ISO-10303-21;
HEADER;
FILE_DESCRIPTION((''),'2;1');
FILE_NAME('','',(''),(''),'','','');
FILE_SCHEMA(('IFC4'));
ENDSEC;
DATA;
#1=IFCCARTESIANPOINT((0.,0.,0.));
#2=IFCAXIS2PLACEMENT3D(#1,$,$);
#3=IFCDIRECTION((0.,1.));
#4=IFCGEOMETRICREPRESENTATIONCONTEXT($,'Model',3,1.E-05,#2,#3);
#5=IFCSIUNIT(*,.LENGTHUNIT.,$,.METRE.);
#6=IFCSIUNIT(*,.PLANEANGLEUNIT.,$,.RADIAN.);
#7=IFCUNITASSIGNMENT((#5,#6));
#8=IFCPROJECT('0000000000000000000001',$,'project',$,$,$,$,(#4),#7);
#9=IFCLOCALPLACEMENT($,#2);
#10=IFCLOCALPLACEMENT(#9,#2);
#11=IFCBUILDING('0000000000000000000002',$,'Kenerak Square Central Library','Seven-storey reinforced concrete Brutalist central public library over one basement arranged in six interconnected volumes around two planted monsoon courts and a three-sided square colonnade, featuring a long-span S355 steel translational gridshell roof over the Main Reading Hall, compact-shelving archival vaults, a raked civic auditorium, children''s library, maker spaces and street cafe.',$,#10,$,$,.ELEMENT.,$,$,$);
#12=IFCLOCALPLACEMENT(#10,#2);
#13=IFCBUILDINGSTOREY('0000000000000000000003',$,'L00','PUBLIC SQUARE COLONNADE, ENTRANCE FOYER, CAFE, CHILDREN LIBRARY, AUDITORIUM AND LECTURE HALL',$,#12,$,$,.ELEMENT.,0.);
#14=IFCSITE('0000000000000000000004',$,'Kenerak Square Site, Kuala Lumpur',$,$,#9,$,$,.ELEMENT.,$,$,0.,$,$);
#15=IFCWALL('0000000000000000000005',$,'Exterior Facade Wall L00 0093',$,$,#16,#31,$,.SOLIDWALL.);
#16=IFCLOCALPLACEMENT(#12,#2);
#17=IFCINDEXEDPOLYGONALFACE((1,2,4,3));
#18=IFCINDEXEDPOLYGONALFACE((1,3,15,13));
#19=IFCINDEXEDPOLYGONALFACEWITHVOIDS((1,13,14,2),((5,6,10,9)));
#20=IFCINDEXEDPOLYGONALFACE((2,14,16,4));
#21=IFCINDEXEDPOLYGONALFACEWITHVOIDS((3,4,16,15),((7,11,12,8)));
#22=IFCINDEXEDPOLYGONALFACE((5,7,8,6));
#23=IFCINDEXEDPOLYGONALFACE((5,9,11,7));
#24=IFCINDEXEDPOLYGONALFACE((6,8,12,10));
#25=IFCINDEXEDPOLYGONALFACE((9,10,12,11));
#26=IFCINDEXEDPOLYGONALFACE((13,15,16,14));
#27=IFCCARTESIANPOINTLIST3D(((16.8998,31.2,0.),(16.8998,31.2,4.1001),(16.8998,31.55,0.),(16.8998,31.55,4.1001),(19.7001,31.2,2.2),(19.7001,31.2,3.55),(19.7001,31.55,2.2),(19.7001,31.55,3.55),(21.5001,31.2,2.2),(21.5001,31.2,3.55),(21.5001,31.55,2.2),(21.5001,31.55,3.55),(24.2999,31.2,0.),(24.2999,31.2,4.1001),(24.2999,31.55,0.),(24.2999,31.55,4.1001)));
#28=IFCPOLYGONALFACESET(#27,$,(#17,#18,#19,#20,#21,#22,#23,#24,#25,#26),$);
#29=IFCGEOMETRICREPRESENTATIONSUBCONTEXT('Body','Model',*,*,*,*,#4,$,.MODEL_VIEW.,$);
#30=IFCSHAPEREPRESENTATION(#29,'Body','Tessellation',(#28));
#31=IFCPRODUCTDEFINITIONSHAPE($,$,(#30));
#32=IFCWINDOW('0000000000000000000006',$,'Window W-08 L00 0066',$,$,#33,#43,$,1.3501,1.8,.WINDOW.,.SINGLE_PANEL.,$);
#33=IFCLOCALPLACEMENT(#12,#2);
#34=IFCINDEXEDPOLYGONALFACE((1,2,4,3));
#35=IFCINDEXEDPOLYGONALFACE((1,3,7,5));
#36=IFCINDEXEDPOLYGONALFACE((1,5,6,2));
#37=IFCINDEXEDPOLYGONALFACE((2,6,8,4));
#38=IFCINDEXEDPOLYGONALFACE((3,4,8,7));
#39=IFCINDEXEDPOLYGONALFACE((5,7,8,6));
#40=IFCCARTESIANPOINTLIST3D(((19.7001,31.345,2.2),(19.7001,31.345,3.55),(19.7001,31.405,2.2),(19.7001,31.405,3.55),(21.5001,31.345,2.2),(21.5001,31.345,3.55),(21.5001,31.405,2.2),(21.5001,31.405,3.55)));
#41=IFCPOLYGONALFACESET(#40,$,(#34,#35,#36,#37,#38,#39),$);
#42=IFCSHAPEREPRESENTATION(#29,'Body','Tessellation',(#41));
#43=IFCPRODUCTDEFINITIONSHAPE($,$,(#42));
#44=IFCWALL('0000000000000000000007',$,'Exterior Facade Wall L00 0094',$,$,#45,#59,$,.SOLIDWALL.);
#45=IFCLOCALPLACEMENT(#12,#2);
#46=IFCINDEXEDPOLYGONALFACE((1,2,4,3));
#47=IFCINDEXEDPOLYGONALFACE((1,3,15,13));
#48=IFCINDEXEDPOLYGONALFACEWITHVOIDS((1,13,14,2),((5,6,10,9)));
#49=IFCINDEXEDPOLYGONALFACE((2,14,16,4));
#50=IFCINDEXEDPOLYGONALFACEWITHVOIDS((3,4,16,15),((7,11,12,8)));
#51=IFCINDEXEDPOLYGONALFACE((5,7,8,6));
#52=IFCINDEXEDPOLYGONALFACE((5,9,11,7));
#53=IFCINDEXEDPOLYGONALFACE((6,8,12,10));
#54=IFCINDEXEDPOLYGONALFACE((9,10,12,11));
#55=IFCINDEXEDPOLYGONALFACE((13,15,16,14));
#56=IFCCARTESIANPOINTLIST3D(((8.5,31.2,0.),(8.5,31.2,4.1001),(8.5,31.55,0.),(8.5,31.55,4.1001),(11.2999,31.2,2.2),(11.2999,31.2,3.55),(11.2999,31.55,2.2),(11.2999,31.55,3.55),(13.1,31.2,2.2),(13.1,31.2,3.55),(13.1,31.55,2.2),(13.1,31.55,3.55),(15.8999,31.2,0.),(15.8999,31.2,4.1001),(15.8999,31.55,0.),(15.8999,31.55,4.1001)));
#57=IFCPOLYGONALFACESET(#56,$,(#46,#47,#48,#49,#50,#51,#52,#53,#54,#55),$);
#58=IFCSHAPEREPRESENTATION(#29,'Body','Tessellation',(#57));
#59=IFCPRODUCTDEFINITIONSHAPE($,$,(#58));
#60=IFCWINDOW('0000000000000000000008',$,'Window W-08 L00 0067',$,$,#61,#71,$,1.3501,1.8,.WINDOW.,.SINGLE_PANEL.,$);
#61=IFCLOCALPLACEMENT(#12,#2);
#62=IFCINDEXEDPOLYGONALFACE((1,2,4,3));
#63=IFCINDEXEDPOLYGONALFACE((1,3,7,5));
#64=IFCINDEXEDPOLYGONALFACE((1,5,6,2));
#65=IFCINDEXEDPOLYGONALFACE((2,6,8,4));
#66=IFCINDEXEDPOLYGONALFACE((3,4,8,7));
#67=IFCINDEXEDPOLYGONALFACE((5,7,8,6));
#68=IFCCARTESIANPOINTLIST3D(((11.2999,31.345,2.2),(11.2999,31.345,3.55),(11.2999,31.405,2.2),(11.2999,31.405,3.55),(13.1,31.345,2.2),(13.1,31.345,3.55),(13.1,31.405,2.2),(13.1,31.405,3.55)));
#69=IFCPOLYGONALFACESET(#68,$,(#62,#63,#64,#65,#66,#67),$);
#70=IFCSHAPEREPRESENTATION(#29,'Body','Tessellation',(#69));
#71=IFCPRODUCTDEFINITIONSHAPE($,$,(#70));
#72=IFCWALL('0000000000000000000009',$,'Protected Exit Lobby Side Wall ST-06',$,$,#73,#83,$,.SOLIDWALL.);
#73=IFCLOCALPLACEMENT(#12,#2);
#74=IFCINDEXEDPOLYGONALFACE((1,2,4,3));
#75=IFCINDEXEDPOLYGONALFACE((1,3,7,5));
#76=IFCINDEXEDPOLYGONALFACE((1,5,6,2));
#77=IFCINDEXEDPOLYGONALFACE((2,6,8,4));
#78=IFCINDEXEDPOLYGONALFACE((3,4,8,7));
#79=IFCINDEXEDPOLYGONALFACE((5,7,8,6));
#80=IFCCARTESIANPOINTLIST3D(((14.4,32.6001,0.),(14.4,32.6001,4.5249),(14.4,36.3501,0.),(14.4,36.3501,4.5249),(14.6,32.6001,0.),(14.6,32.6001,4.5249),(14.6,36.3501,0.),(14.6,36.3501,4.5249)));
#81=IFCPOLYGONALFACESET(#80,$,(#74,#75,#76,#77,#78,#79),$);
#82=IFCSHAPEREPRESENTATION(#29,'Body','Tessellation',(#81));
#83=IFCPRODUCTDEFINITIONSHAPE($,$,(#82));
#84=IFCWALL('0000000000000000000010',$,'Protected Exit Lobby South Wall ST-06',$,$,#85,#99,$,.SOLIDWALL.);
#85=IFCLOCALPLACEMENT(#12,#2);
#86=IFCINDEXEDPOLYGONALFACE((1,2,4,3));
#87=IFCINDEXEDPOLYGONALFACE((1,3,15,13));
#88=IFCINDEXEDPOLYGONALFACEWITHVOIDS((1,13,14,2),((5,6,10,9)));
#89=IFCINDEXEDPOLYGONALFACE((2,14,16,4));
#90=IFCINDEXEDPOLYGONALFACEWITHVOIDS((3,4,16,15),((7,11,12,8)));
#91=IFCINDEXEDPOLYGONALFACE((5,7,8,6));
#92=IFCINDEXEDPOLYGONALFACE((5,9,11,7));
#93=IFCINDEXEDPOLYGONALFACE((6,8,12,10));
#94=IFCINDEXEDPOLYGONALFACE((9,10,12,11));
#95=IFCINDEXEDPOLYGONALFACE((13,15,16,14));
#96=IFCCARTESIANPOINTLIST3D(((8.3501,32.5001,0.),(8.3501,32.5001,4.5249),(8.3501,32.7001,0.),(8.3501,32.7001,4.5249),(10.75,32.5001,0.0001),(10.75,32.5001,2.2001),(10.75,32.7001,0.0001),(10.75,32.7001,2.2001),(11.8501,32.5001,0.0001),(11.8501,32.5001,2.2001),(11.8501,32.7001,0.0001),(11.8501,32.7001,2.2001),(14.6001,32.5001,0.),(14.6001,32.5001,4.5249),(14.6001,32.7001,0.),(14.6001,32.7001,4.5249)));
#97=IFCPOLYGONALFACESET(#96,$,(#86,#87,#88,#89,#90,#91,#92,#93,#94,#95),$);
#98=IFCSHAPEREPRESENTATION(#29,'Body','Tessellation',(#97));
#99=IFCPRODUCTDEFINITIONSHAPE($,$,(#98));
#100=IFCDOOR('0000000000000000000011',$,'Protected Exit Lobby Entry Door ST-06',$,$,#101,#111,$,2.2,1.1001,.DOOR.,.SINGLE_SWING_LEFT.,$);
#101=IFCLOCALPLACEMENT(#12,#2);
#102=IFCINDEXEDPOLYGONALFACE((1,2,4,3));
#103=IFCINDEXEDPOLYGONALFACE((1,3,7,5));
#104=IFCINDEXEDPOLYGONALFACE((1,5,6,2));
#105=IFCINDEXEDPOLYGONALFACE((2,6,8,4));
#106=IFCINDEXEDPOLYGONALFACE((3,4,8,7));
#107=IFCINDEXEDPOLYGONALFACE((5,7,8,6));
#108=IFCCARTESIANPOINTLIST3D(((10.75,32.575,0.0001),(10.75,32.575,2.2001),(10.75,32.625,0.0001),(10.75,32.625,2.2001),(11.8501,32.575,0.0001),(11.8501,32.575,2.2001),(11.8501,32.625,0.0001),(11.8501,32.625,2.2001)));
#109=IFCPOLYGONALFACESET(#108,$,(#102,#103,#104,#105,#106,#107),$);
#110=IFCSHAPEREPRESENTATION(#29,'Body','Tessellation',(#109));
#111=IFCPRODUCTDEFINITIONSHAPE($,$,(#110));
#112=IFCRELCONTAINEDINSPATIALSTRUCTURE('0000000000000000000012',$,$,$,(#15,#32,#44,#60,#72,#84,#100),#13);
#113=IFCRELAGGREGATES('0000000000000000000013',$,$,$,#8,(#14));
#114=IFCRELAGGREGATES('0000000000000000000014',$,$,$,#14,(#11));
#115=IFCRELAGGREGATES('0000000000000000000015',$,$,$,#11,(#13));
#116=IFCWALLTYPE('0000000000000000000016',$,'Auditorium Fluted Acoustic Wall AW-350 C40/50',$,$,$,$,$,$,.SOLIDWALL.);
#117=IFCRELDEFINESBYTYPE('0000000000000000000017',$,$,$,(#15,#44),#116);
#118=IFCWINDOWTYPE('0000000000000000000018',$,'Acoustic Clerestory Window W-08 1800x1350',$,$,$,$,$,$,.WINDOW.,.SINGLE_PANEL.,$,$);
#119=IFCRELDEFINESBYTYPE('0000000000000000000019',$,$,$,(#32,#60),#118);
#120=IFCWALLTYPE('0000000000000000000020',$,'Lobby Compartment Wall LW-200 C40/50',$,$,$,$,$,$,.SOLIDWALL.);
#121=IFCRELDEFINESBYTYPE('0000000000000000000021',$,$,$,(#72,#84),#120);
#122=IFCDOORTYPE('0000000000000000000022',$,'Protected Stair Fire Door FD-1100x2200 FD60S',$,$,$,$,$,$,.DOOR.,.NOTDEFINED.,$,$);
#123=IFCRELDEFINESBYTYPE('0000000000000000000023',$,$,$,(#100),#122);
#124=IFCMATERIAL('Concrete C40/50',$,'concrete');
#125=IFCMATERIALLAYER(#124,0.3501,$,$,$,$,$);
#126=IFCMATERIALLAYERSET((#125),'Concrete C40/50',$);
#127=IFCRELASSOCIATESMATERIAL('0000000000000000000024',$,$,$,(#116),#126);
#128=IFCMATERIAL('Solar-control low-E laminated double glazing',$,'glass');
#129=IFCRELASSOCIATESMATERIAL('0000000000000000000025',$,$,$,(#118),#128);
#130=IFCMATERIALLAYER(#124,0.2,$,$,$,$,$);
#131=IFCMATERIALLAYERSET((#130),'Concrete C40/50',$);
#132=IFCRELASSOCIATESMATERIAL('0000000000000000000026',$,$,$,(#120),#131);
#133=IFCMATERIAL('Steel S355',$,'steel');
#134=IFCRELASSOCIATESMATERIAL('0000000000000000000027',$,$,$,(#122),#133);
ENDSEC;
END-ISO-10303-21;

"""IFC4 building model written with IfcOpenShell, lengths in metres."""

from ifc_helpers import new_model, si_unit, direction, frame, frame_2d, origin, place, context, subcontext, project, spatial, rectangle, extrude, material, layer, layer_set, type_object, element, fill, save


model = new_model("IFC4")

# Units and contexts
model_context = context("Model", 3, precision=1e-05, world=origin(), true_north=direction((0.0, 1.0)))
body_context = subcontext(model_context, "Body", "Model", "MODEL_VIEW")
ifc_project = project(units=[si_unit("LENGTHUNIT", "METRE"), si_unit("PLANEANGLEUNIT", "RADIAN")], contexts=[model_context])

# Site, building, storey
site_placement = place(None, origin())
site = spatial("IfcSite", under=ifc_project, at=site_placement, Name="Kenerak Square Site, Kuala Lumpur", CompositionType="ELEMENT", RefElevation=0.0)
building_placement = place(site_placement, origin())
building = spatial("IfcBuilding", under=site, at=building_placement, Name="Kenerak Square Central Library", Description="Seven-storey reinforced concrete Brutalist central public library over one basement arranged in six interconnected volumes around two planted monsoon courts and a three-sided square colonnade, featuring a long-span S355 steel translational gridshell roof over the Main Reading Hall, compact-shelving archival vaults, a raked civic auditorium, children's library, maker spaces and street cafe.", CompositionType="ELEMENT")
storey_placement = place(building_placement, origin())
storey = spatial("IfcBuildingStorey", under=building, at=storey_placement, Name="L00", Description="PUBLIC SQUARE COLONNADE, ENTRANCE FOYER, CAFE, CHILDREN LIBRARY, AUDITORIUM AND LECTURE HALL", CompositionType="ELEMENT", Elevation=0.0)

# Shared definitions
ifc_material_1 = material(Name="Steel S355", Category="steel")

# Shared definitions
ifc_material_2 = material(Name="Concrete C40/50", Category="concrete")

# Walls, openings, windows
ifc_layer_1 = layer(ifc_material_2, 0.3501)
ifc_layer_set_1 = layer_set([ifc_layer_1], Name="Concrete C40/50")
wall_type_1 = type_object("IfcWallType", Name="Auditorium Fluted Acoustic Wall AW-350 C40/50", PredefinedType="SOLIDWALL", material=ifc_layer_set_1)
wall_1_placement = place(storey_placement, frame((24.3, 31.375, 0.0), z_axis=(0.0, 0.0, 1.0), x_axis=(-1.0, 0.0, 0.0)))
wall_1 = element("IfcWall", 1, at=wall_1_placement, inside=storey, type_object=wall_type_1, Name="Exterior Facade Wall L00 0093", PredefinedType="SOLIDWALL", context=body_context, shape_type="SweptSolid", body=[
    extrude(rectangle(XDim=7.4001, YDim=0.3501, at=frame_2d((3.7002, 0.0))), origin(), (0.0, 0.0, 1.0), 4.1001),
])
opening_1_placement = place(wall_1_placement, frame((2.8, 0.0, 2.2)))
opening_1 = element("IfcOpeningElement", 2, at=opening_1_placement, cuts=wall_1, PredefinedType="OPENING", context=body_context, shape_type="SweptSolid", body=[
    extrude(rectangle(XDim=1.8, YDim=1.3501, at=frame_2d((0.8999, 0.675))), frame((0.0, 0.1851, 0.0), z_axis=(0.0, -1.0, 0.0), x_axis=(1.0, 0.0, 0.0)), (0.0, 0.0, 1.0), 0.3701),
])
ifc_material_3 = material(Name="Solar-control low-E laminated double glazing", Category="glass")
window_type = type_object("IfcWindowType", Name="Acoustic Clerestory Window W-08 1800x1350", PartitioningType="SINGLE_PANEL", PredefinedType="WINDOW", material=ifc_material_3)
window_1_placement = place(opening_1_placement, origin())
window_1 = element("IfcWindow", 3, at=window_1_placement, inside=storey, type_object=window_type, Name="Window W-08 L00 0066", OverallHeight=1.3501, OverallWidth=1.8, PartitioningType="SINGLE_PANEL", PredefinedType="WINDOW", context=body_context, shape_type="SweptSolid", body=[
    extrude(rectangle(XDim=1.8, YDim=1.3501, at=frame_2d((0.8999, 0.675))), frame((0.0, 0.03, 0.0), z_axis=(0.0, -1.0, 0.0), x_axis=(1.0, 0.0, 0.0)), (0.0, 0.0, 1.0), 0.0601),
])
fill(opening_1, window_1)
wall_2_placement = place(storey_placement, frame((15.8999, 31.375, 0.0), z_axis=(0.0, 0.0, 1.0), x_axis=(-1.0, 0.0, 0.0)))
wall_2 = element("IfcWall", 4, at=wall_2_placement, inside=storey, type_object=wall_type_1, Name="Exterior Facade Wall L00 0094", PredefinedType="SOLIDWALL", context=body_context, shape_type="SweptSolid", body=[
    extrude(rectangle(XDim=7.3999, YDim=0.3501, at=frame_2d((3.7, 0.0))), origin(), (0.0, 0.0, 1.0), 4.1001),
])
opening_2_placement = place(wall_2_placement, frame((2.8, 0.0, 2.2)))
opening_2 = element("IfcOpeningElement", 5, at=opening_2_placement, cuts=wall_2, PredefinedType="OPENING", context=body_context, shape_type="SweptSolid", body=[
    extrude(rectangle(XDim=1.8, YDim=1.3501, at=frame_2d((0.8999, 0.675))), frame((0.0, 0.1851, 0.0), z_axis=(0.0, -1.0, 0.0), x_axis=(1.0, 0.0, 0.0)), (0.0, 0.0, 1.0), 0.3701),
])
window_2_placement = place(opening_2_placement, origin())
window_2 = element("IfcWindow", 6, at=window_2_placement, inside=storey, type_object=window_type, Name="Window W-08 L00 0067", OverallHeight=1.3501, OverallWidth=1.8, PartitioningType="SINGLE_PANEL", PredefinedType="WINDOW", context=body_context, shape_type="SweptSolid", body=[
    extrude(rectangle(XDim=1.8, YDim=1.3501, at=frame_2d((0.8999, 0.675))), frame((0.0, 0.03, 0.0), z_axis=(0.0, -1.0, 0.0), x_axis=(1.0, 0.0, 0.0)), (0.0, 0.0, 1.0), 0.0601),
])
fill(opening_2, window_2)

# Wall
ifc_layer_2 = layer(ifc_material_2, 0.2)
ifc_layer_set_2 = layer_set([ifc_layer_2], Name="Concrete C40/50")
wall_type_2 = type_object("IfcWallType", Name="Lobby Compartment Wall LW-200 C40/50", PredefinedType="SOLIDWALL", material=ifc_layer_set_2)
wall_3_placement = place(storey_placement, frame((14.5, 32.6001, 0.0), z_axis=(0.0, 0.0, 1.0), x_axis=(0.0, 1.0, 0.0)))
element("IfcWall", 7, at=wall_3_placement, inside=storey, type_object=wall_type_2, Name="Protected Exit Lobby Side Wall ST-06", PredefinedType="SOLIDWALL", context=body_context, shape_type="SweptSolid", body=[
    extrude(rectangle(XDim=3.75, YDim=0.2, at=frame_2d((1.875, 0.0))), origin(), (0.0, 0.0, 1.0), 4.5249),
])

# Wall, opening, door
wall_4_placement = place(storey_placement, frame((8.3501, 32.6001, 0.0), z_axis=(0.0, 0.0, 1.0), x_axis=(1.0, 0.0, 0.0)))
wall_4 = element("IfcWall", 8, at=wall_4_placement, inside=storey, type_object=wall_type_2, Name="Protected Exit Lobby South Wall ST-06", PredefinedType="SOLIDWALL", context=body_context, shape_type="SweptSolid", body=[
    extrude(rectangle(XDim=6.25, YDim=0.2, at=frame_2d((3.125, 0.0))), origin(), (0.0, 0.0, 1.0), 4.5249),
])
opening_3_placement = place(wall_4_placement, frame((2.3999, 0.0, 0.0)))
opening_3 = element("IfcOpeningElement", 9, at=opening_3_placement, cuts=wall_4, PredefinedType="OPENING", context=body_context, shape_type="SweptSolid", body=[
    extrude(rectangle(XDim=1.1001, YDim=2.2, at=frame_2d((0.55, 1.1001))), frame((0.0, 0.1099, 0.0), z_axis=(0.0, -1.0, 0.0), x_axis=(1.0, 0.0, 0.0)), (0.0, 0.0, 1.0), 0.22),
])
door_type_1 = type_object("IfcDoorType", Name="Protected Stair Fire Door FD-1100x2200 FD60S", OperationType="NOTDEFINED", PredefinedType="DOOR", material=ifc_material_1)
door_1_placement = place(opening_3_placement, origin())
door_1 = element("IfcDoor", 10, at=door_1_placement, inside=storey, type_object=door_type_1, Name="Protected Exit Lobby Entry Door ST-06", OperationType="SINGLE_SWING_LEFT", OverallHeight=2.2, OverallWidth=1.1001, PredefinedType="DOOR", context=body_context, shape_type="SweptSolid", body=[
    extrude(rectangle(XDim=1.1001, YDim=2.2, at=frame_2d((0.55, 1.1001))), frame((0.0, 0.0249, 0.0), z_axis=(0.0, -1.0, 0.0), x_axis=(1.0, 0.0, 0.0)), (0.0, 0.0, 1.0), 0.05),
])
fill(opening_3, door_1)

save(model, "model.ifc")
